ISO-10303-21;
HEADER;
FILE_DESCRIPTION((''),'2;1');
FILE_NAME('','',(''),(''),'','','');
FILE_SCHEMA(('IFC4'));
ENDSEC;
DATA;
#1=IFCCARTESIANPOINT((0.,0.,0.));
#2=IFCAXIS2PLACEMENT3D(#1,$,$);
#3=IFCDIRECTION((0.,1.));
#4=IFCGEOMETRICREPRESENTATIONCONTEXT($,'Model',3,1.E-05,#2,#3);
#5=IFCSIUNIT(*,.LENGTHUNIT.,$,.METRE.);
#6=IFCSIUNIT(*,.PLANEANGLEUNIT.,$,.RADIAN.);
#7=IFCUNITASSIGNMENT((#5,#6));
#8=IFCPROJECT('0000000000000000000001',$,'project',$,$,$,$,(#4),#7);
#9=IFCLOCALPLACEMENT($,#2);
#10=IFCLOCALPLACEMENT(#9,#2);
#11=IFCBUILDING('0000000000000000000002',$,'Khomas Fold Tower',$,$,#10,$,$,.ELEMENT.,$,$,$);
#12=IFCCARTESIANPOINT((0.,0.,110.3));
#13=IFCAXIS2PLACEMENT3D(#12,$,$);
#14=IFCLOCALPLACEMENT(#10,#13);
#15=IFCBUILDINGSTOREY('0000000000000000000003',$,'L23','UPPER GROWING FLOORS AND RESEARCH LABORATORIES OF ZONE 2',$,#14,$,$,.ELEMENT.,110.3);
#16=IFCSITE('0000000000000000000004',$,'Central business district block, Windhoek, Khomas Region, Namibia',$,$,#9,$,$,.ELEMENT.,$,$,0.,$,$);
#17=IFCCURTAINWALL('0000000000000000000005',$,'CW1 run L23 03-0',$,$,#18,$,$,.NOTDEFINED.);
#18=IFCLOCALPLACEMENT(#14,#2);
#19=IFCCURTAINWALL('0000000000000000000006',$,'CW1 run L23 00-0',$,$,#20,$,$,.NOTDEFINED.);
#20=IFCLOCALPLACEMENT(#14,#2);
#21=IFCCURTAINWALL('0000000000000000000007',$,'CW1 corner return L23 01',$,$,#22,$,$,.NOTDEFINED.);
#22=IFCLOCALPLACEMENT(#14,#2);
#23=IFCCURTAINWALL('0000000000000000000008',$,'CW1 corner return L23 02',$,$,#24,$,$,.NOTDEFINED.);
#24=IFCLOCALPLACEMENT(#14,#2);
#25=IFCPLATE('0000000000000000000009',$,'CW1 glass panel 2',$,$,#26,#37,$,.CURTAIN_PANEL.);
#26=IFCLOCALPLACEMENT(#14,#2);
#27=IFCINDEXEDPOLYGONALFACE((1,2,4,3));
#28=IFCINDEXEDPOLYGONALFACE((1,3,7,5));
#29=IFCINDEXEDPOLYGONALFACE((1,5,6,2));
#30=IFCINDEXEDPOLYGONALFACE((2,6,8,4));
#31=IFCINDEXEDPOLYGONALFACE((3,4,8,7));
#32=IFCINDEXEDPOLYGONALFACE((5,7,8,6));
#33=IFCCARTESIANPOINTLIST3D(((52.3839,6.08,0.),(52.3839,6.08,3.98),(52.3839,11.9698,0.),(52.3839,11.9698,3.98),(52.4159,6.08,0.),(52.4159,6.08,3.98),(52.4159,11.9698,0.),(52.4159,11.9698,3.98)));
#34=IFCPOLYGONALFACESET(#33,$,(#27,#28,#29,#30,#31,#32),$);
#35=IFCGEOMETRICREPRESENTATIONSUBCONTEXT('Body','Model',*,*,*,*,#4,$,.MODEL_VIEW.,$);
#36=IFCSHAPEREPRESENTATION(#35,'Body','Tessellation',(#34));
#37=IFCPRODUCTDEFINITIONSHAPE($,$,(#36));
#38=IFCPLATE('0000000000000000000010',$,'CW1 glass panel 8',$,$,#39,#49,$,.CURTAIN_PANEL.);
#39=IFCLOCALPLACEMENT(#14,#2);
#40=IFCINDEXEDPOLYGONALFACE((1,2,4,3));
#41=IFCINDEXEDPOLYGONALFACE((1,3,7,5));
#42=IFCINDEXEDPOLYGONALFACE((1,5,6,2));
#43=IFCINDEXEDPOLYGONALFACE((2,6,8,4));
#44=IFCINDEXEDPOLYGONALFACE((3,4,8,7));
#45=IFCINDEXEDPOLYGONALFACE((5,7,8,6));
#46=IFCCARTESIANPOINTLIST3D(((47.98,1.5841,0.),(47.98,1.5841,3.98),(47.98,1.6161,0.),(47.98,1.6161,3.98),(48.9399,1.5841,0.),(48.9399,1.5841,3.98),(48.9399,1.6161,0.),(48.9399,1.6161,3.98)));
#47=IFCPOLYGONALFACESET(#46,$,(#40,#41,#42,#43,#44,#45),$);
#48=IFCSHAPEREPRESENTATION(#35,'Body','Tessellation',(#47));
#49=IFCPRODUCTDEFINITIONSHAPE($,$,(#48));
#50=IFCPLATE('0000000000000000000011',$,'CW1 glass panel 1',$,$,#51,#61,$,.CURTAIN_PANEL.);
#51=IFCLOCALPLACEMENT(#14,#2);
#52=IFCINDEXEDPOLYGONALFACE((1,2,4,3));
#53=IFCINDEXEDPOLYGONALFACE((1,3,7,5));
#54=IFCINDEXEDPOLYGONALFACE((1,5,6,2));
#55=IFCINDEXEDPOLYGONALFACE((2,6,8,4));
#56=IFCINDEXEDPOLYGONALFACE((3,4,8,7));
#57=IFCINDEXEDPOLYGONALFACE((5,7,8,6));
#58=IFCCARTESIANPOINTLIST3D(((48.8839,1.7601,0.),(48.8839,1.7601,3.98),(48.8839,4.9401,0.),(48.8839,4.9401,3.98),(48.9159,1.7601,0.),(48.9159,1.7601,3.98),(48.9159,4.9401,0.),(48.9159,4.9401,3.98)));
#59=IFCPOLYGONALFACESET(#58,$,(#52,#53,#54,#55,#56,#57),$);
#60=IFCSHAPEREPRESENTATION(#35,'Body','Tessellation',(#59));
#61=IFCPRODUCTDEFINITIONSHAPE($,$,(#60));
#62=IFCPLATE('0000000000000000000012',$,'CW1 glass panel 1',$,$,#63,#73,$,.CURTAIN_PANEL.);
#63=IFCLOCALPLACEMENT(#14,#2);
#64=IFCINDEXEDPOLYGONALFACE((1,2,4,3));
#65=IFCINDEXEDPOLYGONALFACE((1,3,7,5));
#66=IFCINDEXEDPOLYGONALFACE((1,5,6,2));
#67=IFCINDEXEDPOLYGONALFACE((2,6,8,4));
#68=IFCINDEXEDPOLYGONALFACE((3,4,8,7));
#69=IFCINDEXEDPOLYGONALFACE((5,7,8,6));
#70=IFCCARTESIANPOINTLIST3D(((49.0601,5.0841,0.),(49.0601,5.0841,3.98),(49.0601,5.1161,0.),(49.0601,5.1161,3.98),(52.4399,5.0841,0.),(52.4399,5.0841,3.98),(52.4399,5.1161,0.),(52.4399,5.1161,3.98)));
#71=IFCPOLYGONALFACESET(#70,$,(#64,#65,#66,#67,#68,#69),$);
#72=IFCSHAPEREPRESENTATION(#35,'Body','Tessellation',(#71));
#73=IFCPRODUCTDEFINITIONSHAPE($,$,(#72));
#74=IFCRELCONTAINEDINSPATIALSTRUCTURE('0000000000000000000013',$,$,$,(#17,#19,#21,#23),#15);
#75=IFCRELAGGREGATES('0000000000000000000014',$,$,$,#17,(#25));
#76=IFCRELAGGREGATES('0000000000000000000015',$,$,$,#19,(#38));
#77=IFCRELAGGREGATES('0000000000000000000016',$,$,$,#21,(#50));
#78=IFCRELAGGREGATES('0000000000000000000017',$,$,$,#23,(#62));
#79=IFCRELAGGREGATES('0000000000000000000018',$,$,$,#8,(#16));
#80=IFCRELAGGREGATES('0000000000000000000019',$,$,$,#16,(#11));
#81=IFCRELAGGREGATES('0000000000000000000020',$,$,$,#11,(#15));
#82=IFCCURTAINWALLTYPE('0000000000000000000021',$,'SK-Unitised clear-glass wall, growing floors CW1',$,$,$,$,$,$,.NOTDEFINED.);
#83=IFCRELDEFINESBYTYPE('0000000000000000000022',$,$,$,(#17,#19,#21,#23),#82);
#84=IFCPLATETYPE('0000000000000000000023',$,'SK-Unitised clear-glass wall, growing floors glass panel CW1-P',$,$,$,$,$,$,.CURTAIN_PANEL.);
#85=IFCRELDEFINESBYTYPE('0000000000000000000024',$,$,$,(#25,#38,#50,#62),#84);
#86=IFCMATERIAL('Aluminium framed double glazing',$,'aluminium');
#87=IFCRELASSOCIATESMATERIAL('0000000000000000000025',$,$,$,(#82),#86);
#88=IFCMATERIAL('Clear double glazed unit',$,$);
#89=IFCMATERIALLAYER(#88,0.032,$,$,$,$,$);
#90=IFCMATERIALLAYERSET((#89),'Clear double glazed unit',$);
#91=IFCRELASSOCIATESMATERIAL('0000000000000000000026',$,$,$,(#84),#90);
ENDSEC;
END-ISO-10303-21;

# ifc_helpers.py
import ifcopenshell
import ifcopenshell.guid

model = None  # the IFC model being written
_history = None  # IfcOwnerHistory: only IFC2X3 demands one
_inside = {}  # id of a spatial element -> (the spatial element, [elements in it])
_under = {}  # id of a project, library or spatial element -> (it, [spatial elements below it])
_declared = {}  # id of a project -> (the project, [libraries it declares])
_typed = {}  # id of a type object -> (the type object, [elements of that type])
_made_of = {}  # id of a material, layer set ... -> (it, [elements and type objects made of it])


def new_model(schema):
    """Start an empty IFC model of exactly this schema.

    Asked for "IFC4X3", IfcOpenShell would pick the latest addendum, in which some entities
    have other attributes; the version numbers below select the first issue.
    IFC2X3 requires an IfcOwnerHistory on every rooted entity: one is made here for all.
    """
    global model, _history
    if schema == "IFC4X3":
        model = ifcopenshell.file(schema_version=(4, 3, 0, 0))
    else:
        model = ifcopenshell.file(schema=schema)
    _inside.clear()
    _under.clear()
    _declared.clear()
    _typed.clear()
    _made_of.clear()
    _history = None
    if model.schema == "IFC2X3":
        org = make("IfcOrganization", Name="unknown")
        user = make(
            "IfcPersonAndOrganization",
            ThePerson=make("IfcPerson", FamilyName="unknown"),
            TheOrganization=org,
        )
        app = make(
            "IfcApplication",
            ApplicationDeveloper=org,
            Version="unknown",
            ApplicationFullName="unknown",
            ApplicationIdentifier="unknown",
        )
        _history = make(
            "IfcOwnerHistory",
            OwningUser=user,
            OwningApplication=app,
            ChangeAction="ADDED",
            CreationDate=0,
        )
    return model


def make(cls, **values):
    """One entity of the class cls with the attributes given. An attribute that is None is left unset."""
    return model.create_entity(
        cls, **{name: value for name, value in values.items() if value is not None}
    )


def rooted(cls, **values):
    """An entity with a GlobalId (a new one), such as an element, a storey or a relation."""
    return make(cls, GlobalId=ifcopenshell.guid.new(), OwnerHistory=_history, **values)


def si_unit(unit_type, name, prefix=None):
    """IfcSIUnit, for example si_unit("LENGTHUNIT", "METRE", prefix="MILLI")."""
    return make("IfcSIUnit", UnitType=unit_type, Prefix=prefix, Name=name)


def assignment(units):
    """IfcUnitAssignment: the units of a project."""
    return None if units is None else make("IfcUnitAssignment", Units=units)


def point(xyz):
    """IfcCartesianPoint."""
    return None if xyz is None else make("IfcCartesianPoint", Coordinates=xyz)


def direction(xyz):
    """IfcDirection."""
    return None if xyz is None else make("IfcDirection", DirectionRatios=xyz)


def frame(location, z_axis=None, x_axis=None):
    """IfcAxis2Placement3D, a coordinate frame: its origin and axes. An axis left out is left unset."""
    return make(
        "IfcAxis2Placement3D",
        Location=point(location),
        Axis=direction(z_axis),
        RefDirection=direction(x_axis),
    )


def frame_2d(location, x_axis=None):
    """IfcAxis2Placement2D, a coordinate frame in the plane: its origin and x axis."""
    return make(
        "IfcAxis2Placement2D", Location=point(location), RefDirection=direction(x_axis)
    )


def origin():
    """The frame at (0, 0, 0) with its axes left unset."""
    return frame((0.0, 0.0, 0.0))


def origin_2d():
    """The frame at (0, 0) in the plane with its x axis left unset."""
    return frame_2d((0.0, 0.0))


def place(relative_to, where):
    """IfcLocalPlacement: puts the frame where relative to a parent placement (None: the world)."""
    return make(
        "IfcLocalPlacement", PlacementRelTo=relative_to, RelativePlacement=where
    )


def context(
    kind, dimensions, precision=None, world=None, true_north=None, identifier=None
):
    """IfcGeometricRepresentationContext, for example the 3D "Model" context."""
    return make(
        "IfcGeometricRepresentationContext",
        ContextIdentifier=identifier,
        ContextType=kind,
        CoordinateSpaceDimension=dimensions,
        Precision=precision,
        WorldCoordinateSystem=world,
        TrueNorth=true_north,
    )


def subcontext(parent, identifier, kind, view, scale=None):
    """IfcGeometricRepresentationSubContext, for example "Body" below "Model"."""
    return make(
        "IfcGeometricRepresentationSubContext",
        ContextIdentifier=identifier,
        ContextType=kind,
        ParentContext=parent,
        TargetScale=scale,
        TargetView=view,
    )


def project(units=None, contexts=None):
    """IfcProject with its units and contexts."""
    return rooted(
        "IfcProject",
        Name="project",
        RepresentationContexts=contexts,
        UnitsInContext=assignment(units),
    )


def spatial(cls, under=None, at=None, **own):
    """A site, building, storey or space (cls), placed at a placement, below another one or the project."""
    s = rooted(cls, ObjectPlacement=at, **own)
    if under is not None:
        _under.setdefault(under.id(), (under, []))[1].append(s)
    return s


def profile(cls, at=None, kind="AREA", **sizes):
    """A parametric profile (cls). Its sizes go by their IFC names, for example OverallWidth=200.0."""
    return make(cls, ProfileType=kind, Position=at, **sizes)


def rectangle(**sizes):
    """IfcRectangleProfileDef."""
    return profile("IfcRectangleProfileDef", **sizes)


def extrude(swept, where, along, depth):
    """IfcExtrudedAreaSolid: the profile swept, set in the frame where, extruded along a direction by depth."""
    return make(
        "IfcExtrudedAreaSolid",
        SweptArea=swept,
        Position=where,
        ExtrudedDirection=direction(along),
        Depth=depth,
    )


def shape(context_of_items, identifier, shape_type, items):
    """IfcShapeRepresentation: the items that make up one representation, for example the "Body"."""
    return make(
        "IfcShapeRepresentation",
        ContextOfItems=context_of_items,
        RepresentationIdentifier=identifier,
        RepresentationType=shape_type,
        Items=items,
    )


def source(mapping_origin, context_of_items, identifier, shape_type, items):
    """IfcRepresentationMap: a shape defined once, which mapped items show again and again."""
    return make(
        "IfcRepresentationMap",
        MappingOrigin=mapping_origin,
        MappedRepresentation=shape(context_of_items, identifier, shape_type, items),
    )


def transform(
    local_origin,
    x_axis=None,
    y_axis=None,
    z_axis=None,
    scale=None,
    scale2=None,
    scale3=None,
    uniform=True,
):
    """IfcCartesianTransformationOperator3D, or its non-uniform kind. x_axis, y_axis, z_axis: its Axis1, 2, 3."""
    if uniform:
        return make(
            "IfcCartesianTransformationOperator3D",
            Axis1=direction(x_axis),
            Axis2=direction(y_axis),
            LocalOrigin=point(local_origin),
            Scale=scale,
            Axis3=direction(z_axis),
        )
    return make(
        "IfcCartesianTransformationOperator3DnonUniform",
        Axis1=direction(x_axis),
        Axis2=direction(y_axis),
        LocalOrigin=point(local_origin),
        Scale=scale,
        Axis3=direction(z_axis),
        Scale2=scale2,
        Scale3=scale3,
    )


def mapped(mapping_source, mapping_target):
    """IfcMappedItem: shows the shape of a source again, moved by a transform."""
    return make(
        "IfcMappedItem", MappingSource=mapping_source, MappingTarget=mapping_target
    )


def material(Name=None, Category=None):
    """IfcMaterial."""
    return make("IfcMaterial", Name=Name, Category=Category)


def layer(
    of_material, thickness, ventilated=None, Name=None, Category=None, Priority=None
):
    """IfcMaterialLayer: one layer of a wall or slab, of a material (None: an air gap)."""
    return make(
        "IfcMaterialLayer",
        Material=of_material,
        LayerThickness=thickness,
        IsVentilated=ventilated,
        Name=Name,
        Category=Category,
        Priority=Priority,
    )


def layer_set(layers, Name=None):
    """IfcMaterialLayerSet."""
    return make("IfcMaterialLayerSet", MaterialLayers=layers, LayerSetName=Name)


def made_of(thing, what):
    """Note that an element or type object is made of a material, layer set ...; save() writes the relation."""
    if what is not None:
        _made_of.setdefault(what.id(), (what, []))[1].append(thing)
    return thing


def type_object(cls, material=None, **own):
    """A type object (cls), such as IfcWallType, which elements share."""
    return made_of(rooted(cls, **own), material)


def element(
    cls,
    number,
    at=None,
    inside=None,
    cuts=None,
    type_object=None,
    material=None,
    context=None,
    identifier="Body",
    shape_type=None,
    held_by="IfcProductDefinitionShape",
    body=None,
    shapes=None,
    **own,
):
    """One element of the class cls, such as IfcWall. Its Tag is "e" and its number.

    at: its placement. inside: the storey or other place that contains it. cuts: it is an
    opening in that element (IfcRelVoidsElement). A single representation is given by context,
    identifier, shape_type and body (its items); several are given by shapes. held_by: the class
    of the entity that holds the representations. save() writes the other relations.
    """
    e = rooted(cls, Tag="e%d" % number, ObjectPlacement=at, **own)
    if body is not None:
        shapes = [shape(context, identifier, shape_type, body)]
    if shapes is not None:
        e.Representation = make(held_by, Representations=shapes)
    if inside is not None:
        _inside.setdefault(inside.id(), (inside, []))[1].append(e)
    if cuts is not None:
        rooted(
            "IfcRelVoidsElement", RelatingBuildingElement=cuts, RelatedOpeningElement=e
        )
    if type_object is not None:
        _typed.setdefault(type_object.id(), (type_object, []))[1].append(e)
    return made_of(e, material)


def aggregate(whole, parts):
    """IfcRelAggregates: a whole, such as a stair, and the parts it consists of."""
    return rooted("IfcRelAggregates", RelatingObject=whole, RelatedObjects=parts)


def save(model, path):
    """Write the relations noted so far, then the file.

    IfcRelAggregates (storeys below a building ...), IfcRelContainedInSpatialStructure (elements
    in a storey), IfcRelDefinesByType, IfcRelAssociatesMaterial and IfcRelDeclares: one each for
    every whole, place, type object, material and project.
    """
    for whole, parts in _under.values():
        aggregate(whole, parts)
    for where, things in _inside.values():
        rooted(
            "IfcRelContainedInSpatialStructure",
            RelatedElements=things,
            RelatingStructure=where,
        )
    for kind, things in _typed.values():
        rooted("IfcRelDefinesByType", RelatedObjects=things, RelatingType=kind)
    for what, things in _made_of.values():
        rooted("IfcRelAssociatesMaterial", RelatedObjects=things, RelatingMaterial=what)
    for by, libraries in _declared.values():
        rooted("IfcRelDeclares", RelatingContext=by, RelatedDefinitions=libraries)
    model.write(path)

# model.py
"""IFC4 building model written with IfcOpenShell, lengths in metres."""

from ifc_helpers import new_model, si_unit, direction, frame, origin, origin_2d, place, context, subcontext, project, spatial, rectangle, extrude, source, transform, mapped, material, layer, layer_set, type_object, element, aggregate, save


model = new_model("IFC4")

# Units and contexts
model_context = context("Model", 3, precision=1e-05, world=origin(), true_north=direction((0.0, 1.0)))
body_context = subcontext(model_context, "Body", "Model", "MODEL_VIEW")
ifc_project = project(units=[si_unit("LENGTHUNIT", "METRE"), si_unit("PLANEANGLEUNIT", "RADIAN")], contexts=[model_context])

# Site, building, storey
site_placement = place(None, origin())
site = spatial("IfcSite", under=ifc_project, at=site_placement, Name="Central business district block, Windhoek, Khomas Region, Namibia", CompositionType="ELEMENT", RefElevation=0.0)
building_placement = place(site_placement, origin())
building = spatial("IfcBuilding", under=site, at=building_placement, Name="Khomas Fold Tower", CompositionType="ELEMENT")
storey_placement = place(building_placement, frame((0.0, 0.0, 110.3)))
storey = spatial("IfcBuildingStorey", under=building, at=storey_placement, Name="L23", Description="UPPER GROWING FLOORS AND RESEARCH LABORATORIES OF ZONE 2", CompositionType="ELEMENT", Elevation=110.3)

# Curtain wall
ifc_material_1 = material(Name="Aluminium framed double glazing", Category="aluminium")
curtain_wall_type = type_object("IfcCurtainWallType", Name="SK-Unitised clear-glass wall, growing floors CW1", PredefinedType="NOTDEFINED", material=ifc_material_1)
curtain_wall_1_placement = place(storey_placement, origin())
curtain_wall_1 = element("IfcCurtainWall", 1, at=curtain_wall_1_placement, inside=storey, type_object=curtain_wall_type, Name="CW1 run L23 03-0", PredefinedType="NOTDEFINED")

# Curtain walls
curtain_wall_2_placement = place(storey_placement, origin())
curtain_wall_2 = element("IfcCurtainWall", 2, at=curtain_wall_2_placement, inside=storey, type_object=curtain_wall_type, Name="CW1 run L23 00-0", PredefinedType="NOTDEFINED")
curtain_wall_3_placement = place(storey_placement, origin())
curtain_wall_3 = element("IfcCurtainWall", 3, at=curtain_wall_3_placement, inside=storey, type_object=curtain_wall_type, Name="CW1 corner return L23 01", PredefinedType="NOTDEFINED")
curtain_wall_4_placement = place(storey_placement, origin())
curtain_wall_4 = element("IfcCurtainWall", 4, at=curtain_wall_4_placement, inside=storey, type_object=curtain_wall_type, Name="CW1 corner return L23 02", PredefinedType="NOTDEFINED")

# Plates
ifc_material_2 = material(Name="Clear double glazed unit")
ifc_layer = layer(ifc_material_2, 0.032)
ifc_layer_set = layer_set([ifc_layer], Name="Clear double glazed unit")
plate_type = type_object("IfcPlateType", Name="SK-Unitised clear-glass wall, growing floors glass panel CW1-P", PredefinedType="CURTAIN_PANEL", material=ifc_layer_set)
shared_shape_1 = source(origin(), body_context, "Body", "SweptSolid", [
    extrude(rectangle(XDim=5.8899, YDim=0.032, at=origin_2d()), origin(), (0.0, 0.0, 1.0), 3.98),
])
plate_1_placement = place(storey_placement, frame((52.3999, 9.0249, 0.0), z_axis=(0.0, 0.0, 1.0), x_axis=(0.0, 1.0, 0.0)))
plate_1 = element("IfcPlate", 5, at=plate_1_placement, type_object=plate_type, Name="CW1 glass panel 2", PredefinedType="CURTAIN_PANEL", context=body_context, shape_type="MappedRepresentation", body=[
    mapped(shared_shape_1, transform((0.0, 0.0, 0.0))),
])
aggregate(curtain_wall_1, [plate_1])
shared_shape_2 = source(origin(), body_context, "Body", "SweptSolid", [
    extrude(rectangle(XDim=0.96, YDim=0.032, at=origin_2d()), origin(), (0.0, 0.0, 1.0), 3.98),
])
plate_2_placement = place(storey_placement, frame((48.46, 1.6001, 0.0), z_axis=(0.0, 0.0, 1.0), x_axis=(1.0, 0.0, 0.0)))
plate_2 = element("IfcPlate", 6, at=plate_2_placement, type_object=plate_type, Name="CW1 glass panel 8", PredefinedType="CURTAIN_PANEL", context=body_context, shape_type="MappedRepresentation", body=[
    mapped(shared_shape_2, transform((0.0, 0.0, 0.0))),
])
aggregate(curtain_wall_2, [plate_2])
shared_shape_3 = source(origin(), body_context, "Body", "SweptSolid", [
    extrude(rectangle(XDim=3.1799, YDim=0.032, at=origin_2d()), origin(), (0.0, 0.0, 1.0), 3.98),
])
plate_3_placement = place(storey_placement, frame((48.8999, 3.3501, 0.0), z_axis=(0.0, 0.0, 1.0), x_axis=(0.0, 1.0, 0.0)))
plate_3 = element("IfcPlate", 7, at=plate_3_placement, type_object=plate_type, Name="CW1 glass panel 1", PredefinedType="CURTAIN_PANEL", context=body_context, shape_type="MappedRepresentation", body=[
    mapped(shared_shape_3, transform((0.0, 0.0, 0.0))),
])
aggregate(curtain_wall_3, [plate_3])
shared_shape_4 = source(origin(), body_context, "Body", "SweptSolid", [
    extrude(rectangle(XDim=3.3799, YDim=0.032, at=origin_2d()), origin(), (0.0, 0.0, 1.0), 3.98),
])
plate_4_placement = place(storey_placement, frame((50.75, 5.1001, 0.0), z_axis=(0.0, 0.0, 1.0), x_axis=(1.0, 0.0, 0.0)))
plate_4 = element("IfcPlate", 8, at=plate_4_placement, type_object=plate_type, Name="CW1 glass panel 1", PredefinedType="CURTAIN_PANEL", context=body_context, shape_type="MappedRepresentation", body=[
    mapped(shared_shape_4, transform((0.0, 0.0, 0.0))),
])
aggregate(curtain_wall_4, [plate_4])

save(model, "model.ifc")
